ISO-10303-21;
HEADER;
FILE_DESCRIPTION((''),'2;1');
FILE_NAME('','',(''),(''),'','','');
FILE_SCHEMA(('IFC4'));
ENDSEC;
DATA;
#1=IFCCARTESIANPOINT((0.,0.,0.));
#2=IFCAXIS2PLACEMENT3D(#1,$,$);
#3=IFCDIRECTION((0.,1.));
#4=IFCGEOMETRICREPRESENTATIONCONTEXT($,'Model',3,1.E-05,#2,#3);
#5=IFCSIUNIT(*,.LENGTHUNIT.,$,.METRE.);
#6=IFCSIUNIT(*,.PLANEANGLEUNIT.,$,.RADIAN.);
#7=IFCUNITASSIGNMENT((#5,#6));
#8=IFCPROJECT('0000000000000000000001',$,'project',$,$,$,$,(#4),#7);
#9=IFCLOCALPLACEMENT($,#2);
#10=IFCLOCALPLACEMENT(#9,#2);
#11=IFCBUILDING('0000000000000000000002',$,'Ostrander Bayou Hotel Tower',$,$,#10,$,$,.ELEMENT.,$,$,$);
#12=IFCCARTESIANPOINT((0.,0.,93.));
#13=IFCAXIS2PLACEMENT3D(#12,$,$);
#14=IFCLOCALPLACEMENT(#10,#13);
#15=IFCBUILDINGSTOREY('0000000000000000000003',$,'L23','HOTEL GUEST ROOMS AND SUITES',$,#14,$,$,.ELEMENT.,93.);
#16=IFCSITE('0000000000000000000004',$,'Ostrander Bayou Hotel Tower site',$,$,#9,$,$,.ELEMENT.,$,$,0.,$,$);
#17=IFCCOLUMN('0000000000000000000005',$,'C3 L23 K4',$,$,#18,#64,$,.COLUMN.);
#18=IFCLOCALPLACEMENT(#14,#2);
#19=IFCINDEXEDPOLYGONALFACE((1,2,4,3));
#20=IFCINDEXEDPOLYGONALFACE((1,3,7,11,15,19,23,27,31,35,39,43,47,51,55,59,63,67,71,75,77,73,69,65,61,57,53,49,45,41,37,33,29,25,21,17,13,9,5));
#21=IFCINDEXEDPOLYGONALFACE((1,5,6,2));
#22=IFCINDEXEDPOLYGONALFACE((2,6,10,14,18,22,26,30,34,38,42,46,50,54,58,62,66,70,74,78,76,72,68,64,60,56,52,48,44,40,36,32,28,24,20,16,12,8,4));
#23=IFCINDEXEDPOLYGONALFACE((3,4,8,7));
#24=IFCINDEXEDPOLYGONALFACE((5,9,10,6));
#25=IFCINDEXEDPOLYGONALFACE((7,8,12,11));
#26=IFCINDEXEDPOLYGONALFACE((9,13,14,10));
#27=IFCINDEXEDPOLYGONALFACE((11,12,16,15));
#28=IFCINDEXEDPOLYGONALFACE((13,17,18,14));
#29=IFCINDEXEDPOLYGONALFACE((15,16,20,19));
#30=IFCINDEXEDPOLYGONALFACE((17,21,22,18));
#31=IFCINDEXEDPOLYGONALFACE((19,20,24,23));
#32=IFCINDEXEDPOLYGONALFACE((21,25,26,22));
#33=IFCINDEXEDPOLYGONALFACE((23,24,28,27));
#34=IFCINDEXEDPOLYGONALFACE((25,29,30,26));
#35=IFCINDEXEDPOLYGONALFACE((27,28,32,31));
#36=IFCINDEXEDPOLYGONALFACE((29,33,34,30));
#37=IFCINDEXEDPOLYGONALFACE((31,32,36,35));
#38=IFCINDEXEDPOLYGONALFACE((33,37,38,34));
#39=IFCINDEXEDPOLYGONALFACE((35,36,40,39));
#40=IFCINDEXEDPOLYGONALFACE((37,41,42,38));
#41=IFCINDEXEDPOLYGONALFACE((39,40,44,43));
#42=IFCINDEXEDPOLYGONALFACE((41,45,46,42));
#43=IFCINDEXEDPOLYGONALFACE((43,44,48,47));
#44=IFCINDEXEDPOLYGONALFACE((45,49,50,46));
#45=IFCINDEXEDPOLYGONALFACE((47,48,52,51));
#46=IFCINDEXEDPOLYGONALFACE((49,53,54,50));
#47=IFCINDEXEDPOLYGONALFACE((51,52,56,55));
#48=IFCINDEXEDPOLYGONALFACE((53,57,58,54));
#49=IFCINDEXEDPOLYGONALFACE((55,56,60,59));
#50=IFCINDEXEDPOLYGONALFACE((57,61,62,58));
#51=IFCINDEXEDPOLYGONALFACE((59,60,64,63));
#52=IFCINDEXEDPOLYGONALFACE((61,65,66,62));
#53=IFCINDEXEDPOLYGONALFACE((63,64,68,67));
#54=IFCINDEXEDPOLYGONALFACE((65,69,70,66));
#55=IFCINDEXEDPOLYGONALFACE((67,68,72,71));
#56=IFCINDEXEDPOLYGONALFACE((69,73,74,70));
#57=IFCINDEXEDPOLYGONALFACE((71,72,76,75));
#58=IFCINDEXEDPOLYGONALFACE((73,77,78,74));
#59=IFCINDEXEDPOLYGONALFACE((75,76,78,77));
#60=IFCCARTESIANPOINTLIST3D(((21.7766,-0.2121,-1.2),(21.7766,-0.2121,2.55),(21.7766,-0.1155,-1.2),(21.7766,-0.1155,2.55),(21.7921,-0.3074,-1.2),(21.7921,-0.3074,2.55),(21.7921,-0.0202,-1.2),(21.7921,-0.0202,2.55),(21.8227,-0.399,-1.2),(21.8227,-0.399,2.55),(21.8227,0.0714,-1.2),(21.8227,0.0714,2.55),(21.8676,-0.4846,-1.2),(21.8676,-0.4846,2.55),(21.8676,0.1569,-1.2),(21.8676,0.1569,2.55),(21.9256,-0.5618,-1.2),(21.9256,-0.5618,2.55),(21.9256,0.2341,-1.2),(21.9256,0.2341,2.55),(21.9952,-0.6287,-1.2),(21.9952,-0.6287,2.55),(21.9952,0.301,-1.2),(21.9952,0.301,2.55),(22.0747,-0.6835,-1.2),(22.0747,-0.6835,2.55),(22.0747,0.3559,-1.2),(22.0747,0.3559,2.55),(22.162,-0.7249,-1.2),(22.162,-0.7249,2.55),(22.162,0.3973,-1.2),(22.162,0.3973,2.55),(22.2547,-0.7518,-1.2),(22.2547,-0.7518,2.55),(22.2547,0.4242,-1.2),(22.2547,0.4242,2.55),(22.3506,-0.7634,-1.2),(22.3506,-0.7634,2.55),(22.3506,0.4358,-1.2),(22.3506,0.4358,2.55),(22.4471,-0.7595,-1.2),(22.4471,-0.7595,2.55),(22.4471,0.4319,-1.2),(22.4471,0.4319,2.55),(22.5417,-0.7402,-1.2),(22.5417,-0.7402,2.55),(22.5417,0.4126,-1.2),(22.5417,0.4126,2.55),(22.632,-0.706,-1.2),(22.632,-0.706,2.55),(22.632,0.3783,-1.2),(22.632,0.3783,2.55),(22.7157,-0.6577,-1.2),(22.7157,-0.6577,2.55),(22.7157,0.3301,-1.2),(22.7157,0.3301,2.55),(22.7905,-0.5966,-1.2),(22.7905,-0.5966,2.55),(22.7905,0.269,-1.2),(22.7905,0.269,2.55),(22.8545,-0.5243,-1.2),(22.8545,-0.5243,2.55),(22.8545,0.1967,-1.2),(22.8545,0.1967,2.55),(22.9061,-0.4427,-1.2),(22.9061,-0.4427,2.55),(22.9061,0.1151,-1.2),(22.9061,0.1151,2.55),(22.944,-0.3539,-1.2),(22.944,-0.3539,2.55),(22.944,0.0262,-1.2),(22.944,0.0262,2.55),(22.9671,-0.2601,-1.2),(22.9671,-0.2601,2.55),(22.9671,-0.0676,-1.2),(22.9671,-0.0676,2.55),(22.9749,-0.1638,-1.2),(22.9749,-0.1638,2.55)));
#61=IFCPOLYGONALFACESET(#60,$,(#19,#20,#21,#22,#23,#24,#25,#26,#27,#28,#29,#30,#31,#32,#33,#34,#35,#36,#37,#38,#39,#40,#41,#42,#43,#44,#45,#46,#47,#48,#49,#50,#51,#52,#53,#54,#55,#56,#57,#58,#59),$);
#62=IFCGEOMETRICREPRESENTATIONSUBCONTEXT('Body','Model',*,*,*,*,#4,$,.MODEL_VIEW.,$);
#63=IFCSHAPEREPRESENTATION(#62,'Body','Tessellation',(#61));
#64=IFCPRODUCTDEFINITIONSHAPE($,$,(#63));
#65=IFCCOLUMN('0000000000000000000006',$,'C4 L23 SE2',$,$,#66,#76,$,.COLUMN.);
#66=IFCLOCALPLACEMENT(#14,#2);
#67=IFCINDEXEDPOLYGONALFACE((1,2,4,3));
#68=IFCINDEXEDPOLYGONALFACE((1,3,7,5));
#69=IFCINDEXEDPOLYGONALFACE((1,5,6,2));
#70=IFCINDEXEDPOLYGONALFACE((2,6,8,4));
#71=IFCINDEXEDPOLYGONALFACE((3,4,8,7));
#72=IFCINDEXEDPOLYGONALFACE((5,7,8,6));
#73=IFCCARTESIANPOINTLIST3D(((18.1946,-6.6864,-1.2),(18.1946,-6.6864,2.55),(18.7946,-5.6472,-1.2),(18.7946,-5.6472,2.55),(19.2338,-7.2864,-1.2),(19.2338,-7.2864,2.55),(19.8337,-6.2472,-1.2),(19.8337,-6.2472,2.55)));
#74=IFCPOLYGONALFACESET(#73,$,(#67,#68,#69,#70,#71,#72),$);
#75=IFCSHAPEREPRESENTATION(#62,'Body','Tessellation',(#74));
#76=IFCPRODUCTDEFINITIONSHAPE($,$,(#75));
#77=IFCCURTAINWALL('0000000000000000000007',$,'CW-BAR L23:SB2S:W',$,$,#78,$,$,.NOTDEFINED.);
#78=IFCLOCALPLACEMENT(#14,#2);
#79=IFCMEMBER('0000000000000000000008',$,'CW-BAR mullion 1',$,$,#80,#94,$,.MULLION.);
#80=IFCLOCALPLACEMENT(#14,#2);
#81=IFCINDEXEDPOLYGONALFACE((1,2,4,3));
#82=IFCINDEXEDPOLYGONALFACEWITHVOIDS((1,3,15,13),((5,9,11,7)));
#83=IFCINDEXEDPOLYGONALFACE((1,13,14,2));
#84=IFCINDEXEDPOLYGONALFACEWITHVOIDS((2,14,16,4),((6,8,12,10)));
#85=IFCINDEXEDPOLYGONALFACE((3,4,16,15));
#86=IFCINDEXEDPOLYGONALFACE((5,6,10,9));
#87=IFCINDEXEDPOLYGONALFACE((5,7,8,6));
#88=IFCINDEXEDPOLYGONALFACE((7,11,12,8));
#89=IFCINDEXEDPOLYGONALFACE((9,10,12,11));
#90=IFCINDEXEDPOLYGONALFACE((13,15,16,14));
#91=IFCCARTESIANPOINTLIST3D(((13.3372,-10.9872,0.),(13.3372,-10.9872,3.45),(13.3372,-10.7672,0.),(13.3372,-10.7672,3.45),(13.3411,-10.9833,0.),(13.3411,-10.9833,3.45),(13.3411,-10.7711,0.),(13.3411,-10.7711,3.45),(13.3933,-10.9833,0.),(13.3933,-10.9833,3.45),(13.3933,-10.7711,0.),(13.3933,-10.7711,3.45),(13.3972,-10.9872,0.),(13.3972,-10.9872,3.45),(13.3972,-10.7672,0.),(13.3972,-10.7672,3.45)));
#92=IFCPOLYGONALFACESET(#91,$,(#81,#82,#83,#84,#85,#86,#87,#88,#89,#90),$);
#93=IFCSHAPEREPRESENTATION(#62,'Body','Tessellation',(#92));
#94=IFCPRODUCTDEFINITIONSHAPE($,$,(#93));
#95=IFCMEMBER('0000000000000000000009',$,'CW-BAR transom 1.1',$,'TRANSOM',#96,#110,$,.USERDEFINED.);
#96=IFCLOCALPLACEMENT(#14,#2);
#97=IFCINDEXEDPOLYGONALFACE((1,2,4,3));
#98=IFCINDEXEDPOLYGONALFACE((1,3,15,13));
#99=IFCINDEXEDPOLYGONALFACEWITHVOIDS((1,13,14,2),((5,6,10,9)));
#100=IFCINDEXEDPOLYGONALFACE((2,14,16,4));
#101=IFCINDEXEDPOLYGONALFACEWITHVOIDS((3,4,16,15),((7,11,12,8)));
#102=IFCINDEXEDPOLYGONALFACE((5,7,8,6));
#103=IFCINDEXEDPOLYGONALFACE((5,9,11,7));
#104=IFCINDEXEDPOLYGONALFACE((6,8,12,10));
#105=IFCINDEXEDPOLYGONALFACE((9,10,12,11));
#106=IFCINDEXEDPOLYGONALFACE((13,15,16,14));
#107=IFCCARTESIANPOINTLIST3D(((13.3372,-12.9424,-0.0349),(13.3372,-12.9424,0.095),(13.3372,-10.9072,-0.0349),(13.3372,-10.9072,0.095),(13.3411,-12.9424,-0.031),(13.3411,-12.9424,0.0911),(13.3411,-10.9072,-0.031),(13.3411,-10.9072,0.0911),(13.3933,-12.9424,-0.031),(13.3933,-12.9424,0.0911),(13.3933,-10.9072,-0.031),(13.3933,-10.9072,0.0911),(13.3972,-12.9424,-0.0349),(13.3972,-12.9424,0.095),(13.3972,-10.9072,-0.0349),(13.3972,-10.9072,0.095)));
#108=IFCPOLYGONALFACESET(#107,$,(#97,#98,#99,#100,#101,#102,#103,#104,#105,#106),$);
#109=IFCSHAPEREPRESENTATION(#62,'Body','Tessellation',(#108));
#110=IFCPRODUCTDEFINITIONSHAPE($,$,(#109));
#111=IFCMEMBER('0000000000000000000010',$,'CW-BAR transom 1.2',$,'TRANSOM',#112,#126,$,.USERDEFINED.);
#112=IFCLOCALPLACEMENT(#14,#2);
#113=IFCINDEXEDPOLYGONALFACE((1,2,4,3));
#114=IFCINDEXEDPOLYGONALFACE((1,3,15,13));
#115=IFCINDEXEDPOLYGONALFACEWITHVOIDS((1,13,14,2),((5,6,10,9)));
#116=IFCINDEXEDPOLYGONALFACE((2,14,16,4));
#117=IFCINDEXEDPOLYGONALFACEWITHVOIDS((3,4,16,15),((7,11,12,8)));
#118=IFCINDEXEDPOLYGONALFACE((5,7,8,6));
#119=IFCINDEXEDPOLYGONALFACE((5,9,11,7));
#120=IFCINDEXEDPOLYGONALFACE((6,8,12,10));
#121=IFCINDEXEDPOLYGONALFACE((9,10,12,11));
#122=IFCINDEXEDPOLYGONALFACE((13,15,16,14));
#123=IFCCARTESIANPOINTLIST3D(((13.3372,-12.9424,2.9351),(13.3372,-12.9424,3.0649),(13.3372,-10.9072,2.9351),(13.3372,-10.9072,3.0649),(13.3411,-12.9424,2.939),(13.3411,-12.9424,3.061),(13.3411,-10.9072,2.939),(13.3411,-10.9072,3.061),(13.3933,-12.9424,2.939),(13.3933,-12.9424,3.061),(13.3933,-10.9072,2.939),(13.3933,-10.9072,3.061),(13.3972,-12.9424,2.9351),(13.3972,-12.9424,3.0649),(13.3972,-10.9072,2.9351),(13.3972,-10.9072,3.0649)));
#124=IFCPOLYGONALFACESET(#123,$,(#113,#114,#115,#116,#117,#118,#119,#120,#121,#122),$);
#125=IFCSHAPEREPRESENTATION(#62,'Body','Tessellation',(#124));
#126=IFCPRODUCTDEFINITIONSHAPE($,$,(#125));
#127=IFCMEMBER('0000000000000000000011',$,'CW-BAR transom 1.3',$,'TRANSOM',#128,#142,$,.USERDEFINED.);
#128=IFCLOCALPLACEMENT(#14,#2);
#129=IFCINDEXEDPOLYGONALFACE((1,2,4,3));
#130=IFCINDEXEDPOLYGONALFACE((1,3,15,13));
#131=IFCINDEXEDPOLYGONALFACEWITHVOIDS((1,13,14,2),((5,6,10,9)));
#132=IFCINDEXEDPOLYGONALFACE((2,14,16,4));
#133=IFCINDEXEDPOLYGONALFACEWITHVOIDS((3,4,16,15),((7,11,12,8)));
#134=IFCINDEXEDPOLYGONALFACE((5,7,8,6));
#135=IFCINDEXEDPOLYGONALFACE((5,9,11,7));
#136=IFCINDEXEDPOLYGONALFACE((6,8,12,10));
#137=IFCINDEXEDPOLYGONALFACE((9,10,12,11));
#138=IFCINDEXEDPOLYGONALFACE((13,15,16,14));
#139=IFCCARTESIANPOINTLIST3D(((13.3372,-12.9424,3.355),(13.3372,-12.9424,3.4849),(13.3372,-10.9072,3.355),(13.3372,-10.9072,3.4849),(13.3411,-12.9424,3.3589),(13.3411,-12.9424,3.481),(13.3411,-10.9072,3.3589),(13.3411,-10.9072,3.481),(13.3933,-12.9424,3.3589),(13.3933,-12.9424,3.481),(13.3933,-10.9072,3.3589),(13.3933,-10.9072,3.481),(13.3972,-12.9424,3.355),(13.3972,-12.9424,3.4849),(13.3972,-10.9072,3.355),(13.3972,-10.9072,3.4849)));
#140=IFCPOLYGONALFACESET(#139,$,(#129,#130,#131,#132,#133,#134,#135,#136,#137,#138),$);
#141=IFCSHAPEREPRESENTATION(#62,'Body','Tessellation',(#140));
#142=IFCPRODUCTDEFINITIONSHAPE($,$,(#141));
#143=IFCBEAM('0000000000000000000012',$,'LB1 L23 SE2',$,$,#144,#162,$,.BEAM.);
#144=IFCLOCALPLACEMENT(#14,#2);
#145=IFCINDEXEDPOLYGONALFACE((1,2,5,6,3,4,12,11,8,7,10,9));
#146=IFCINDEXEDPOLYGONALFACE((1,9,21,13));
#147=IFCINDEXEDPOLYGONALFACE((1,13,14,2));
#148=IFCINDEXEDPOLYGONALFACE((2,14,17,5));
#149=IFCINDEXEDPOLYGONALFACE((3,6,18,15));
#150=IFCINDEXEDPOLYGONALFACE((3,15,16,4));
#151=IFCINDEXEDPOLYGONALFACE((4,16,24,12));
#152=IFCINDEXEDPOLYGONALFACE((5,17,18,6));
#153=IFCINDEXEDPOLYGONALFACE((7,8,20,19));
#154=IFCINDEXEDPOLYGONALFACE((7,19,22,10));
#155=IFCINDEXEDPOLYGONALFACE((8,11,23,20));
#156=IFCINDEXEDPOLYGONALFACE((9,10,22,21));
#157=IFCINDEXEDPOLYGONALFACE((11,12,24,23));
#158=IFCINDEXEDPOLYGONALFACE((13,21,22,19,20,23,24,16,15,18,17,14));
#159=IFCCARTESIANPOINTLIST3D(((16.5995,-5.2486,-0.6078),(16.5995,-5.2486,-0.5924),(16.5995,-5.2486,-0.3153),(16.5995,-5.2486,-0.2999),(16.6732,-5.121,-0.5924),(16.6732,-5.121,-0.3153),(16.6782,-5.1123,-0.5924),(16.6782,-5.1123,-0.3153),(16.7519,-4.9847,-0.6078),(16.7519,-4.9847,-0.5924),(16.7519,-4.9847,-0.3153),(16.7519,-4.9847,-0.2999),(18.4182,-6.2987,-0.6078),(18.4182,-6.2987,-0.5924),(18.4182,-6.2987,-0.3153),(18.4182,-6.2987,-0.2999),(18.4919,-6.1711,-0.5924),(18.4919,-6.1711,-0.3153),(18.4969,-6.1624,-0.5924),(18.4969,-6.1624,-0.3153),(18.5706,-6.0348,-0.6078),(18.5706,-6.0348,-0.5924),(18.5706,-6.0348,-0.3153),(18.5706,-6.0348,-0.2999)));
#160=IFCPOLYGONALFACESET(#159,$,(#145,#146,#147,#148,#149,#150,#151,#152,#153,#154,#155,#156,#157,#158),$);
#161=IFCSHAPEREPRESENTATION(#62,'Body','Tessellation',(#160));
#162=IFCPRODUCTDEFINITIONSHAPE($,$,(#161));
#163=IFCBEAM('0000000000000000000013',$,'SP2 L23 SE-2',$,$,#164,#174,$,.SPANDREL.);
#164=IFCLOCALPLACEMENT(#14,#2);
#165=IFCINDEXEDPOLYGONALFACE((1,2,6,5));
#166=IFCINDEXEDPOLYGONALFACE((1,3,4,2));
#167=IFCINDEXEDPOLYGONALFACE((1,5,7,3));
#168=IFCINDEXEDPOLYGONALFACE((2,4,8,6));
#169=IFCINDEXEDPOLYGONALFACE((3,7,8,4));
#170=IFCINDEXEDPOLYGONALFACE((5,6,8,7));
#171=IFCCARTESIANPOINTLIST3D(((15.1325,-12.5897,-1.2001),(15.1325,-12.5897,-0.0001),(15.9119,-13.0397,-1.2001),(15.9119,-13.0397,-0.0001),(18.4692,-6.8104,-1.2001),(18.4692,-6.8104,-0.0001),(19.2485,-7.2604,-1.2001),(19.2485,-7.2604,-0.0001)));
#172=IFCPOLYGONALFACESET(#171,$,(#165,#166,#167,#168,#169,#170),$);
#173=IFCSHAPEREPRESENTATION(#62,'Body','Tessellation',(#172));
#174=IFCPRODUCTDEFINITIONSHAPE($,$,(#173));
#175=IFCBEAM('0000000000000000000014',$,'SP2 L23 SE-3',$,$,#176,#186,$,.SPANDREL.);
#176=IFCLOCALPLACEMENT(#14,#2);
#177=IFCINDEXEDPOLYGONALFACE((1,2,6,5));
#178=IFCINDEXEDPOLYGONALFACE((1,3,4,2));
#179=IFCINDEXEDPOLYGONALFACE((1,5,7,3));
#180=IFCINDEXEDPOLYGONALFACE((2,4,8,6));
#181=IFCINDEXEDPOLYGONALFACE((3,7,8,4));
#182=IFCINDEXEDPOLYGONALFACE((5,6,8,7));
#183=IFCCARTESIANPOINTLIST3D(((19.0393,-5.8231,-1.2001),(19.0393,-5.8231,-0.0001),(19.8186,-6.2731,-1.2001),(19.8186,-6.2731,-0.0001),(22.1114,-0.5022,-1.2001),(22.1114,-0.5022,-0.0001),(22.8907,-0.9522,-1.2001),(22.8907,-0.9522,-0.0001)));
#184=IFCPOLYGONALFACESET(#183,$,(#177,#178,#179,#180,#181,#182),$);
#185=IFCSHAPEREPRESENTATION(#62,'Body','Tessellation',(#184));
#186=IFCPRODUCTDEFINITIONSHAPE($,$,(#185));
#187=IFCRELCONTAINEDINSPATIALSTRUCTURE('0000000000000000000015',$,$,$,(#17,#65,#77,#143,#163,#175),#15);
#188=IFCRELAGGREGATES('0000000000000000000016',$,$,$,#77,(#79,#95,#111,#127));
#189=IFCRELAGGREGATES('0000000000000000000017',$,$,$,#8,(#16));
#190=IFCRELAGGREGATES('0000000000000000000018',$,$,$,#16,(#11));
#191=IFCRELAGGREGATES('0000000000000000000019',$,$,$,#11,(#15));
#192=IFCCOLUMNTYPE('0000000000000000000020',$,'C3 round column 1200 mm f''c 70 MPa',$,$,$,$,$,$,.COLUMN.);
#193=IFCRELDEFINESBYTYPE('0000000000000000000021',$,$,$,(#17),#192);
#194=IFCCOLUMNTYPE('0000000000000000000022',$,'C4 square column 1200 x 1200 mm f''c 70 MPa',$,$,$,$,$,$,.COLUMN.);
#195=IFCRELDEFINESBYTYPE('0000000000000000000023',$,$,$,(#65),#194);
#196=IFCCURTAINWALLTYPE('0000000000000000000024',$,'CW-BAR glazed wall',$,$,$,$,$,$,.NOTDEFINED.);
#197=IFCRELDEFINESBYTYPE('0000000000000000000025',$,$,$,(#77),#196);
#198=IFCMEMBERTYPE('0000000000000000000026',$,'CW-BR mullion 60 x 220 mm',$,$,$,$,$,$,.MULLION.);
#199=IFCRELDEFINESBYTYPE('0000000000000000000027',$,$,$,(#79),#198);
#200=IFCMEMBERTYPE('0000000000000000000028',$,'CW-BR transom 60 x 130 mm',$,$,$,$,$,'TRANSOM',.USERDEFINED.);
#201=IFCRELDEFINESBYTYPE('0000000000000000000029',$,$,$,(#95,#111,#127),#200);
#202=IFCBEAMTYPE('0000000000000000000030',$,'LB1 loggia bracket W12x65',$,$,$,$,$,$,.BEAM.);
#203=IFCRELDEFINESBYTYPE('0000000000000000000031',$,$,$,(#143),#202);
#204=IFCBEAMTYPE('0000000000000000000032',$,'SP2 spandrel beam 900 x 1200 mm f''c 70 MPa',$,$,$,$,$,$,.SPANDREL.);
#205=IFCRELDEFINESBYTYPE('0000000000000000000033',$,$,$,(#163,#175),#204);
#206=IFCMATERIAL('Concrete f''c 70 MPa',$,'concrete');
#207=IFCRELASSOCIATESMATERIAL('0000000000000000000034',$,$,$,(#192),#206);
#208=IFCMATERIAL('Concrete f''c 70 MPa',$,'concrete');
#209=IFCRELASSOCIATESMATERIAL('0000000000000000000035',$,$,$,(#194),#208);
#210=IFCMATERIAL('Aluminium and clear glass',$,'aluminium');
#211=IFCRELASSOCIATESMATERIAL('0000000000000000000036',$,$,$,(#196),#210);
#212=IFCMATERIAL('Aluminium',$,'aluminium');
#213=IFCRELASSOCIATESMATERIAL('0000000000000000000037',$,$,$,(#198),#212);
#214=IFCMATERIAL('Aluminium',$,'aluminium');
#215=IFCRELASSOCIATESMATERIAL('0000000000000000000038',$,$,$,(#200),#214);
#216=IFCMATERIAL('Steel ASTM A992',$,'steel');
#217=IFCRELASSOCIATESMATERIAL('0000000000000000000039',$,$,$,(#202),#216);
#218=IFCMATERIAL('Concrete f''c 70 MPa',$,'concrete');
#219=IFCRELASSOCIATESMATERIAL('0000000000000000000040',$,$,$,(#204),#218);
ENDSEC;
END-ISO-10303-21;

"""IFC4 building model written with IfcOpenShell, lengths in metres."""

from ifc_helpers import new_model, si_unit, direction, frame, origin, origin_2d, place, context, subcontext, project, spatial, rectangle, hollow_rectangle, circle, i_section, extrude, material, material_profile, profile_set, type_object, element, aggregate, save


model = new_model("IFC4")

# Units and contexts
model_context = context("Model", 3, precision=1e-05, world=origin(), true_north=direction((0.0, 1.0)))
body_context = subcontext(model_context, "Body", "Model", "MODEL_VIEW")
ifc_project = project(units=[si_unit("LENGTHUNIT", "METRE"), si_unit("PLANEANGLEUNIT", "RADIAN")], contexts=[model_context])

# Site, building, storey
site_placement = place(None, origin())
site = spatial("IfcSite", under=ifc_project, at=site_placement, Name="Ostrander Bayou Hotel Tower site", CompositionType="ELEMENT", RefElevation=0.0)
building_placement = place(site_placement, origin())
building = spatial("IfcBuilding", under=site, at=building_placement, Name="Ostrander Bayou Hotel Tower", CompositionType="ELEMENT")
storey_placement = place(building_placement, frame((0.0, 0.0, 93.0)))
storey = spatial("IfcBuildingStorey", under=building, at=storey_placement, Name="L23", Description="HOTEL GUEST ROOMS AND SUITES", CompositionType="ELEMENT", Elevation=93.0)

# Columns
ifc_material_1 = material(Name="Concrete f'c 70 MPa", Category="concrete")
ifc_material_profile_1 = material_profile(ifc_material_1, circle(Radius=0.6001, at=origin_2d()))
ifc_profile_set_1 = profile_set([ifc_material_profile_1], Name="Concrete f'c 70 MPa")
column_type_1 = type_object("IfcColumnType", Name="C3 round column 1200 mm f'c 70 MPa", PredefinedType="COLUMN", material=ifc_profile_set_1)
column_1_placement = place(storey_placement, frame((22.3748, -0.1638, -1.2), z_axis=(0.0, 0.0, 1.0), x_axis=(1.0, 0.0, 0.0)))
element("IfcColumn", 1, at=column_1_placement, inside=storey, type_object=column_type_1, Name="C3 L23 K4", PredefinedType="COLUMN", context=body_context, shape_type="SweptSolid", body=[
    extrude(circle(Radius=0.6001, at=origin_2d()), origin(), (0.0, 0.0, 1.0), 3.75),
])
ifc_material_2 = material(Name="Concrete f'c 70 MPa", Category="concrete")
ifc_material_profile_2 = material_profile(ifc_material_2, rectangle(XDim=1.2, YDim=1.2, at=origin_2d()))
ifc_profile_set_2 = profile_set([ifc_material_profile_2], Name="Concrete f'c 70 MPa")
column_type_2 = type_object("IfcColumnType", Name="C4 square column 1200 x 1200 mm f'c 70 MPa", PredefinedType="COLUMN", material=ifc_profile_set_2)
column_2_placement = place(storey_placement, frame((19.0142, -6.4668, -1.2), z_axis=(0.0, 0.0, 1.0), x_axis=(-0.5, -0.866025, 0.0)))
element("IfcColumn", 2, at=column_2_placement, inside=storey, type_object=column_type_2, Name="C4 L23 SE2", PredefinedType="COLUMN", context=body_context, shape_type="SweptSolid", body=[
    extrude(rectangle(XDim=1.2, YDim=1.2, at=origin_2d()), origin(), (0.0, 0.0, 1.0), 3.75),
])

# Curtain wall, members
ifc_material_3 = material(Name="Aluminium and clear glass", Category="aluminium")
curtain_wall_type = type_object("IfcCurtainWallType", Name="CW-BAR glazed wall", PredefinedType="NOTDEFINED", material=ifc_material_3)
curtain_wall_placement = place(storey_placement, origin())
curtain_wall = element("IfcCurtainWall", 3, at=curtain_wall_placement, inside=storey, type_object=curtain_wall_type, Name="CW-BAR L23:SB2S:W", PredefinedType="NOTDEFINED")
ifc_material_4 = material(Name="Aluminium", Category="aluminium")
ifc_material_profile_3 = material_profile(ifc_material_4, hollow_rectangle(XDim=0.0601, YDim=0.22, WallThickness=0.0039, at=origin_2d()))
ifc_profile_set_3 = profile_set([ifc_material_profile_3], Name="Aluminium")
member_type_1 = type_object("IfcMemberType", Name="CW-BR mullion 60 x 220 mm", PredefinedType="MULLION", material=ifc_profile_set_3)
member_1_placement = place(storey_placement, frame((13.3672, -10.8772, 0.0), z_axis=(0.0, 0.0, 1.0), x_axis=(1.0, 0.0, 0.0)))
member_1 = element("IfcMember", 4, at=member_1_placement, type_object=member_type_1, Name="CW-BAR mullion 1", PredefinedType="MULLION", context=body_context, shape_type="SweptSolid", body=[
    extrude(hollow_rectangle(XDim=0.0601, YDim=0.22, WallThickness=0.0039, at=origin_2d()), origin(), (0.0, 0.0, 1.0), 3.45),
])
ifc_material_5 = material(Name="Aluminium", Category="aluminium")
ifc_material_profile_4 = material_profile(ifc_material_5, hollow_rectangle(XDim=0.0601, YDim=0.1299, WallThickness=0.0039, at=origin_2d()))
ifc_profile_set_4 = profile_set([ifc_material_profile_4], Name="Aluminium")
member_type_2 = type_object("IfcMemberType", Name="CW-BR transom 60 x 130 mm", ElementType="TRANSOM", PredefinedType="USERDEFINED", material=ifc_profile_set_4)
member_2_placement = place(storey_placement, frame((13.3672, -10.9072, 0.03), z_axis=(0.0, -1.0, 0.0), x_axis=(1.0, 0.0, 0.0)))
member_2 = element("IfcMember", 5, at=member_2_placement, type_object=member_type_2, Name="CW-BAR transom 1.1", ObjectType="TRANSOM", PredefinedType="USERDEFINED", context=body_context, shape_type="SweptSolid", body=[
    extrude(hollow_rectangle(XDim=0.0601, YDim=0.1299, WallThickness=0.0039, at=origin_2d()), origin(), (0.0, 0.0, 1.0), 2.0352),
])
member_3_placement = place(storey_placement, frame((13.3672, -10.9072, 3.0), z_axis=(0.0, -1.0, 0.0), x_axis=(1.0, 0.0, 0.0)))
member_3 = element("IfcMember", 6, at=member_3_placement, type_object=member_type_2, Name="CW-BAR transom 1.2", ObjectType="TRANSOM", PredefinedType="USERDEFINED", context=body_context, shape_type="SweptSolid", body=[
    extrude(hollow_rectangle(XDim=0.0601, YDim=0.1299, WallThickness=0.0039, at=origin_2d()), origin(), (0.0, 0.0, 1.0), 2.0352),
])
member_4_placement = place(storey_placement, frame((13.3672, -10.9072, 3.4199), z_axis=(0.0, -1.0, 0.0), x_axis=(1.0, 0.0, 0.0)))
member_4 = element("IfcMember", 7, at=member_4_placement, type_object=member_type_2, Name="CW-BAR transom 1.3", ObjectType="TRANSOM", PredefinedType="USERDEFINED", context=body_context, shape_type="SweptSolid", body=[
    extrude(hollow_rectangle(XDim=0.0601, YDim=0.1299, WallThickness=0.0039, at=origin_2d()), origin(), (0.0, 0.0, 1.0), 2.0352),
])

# Beams
ifc_material_6 = material(Name="Steel ASTM A992", Category="steel")
ifc_material_profile_5 = material_profile(ifc_material_6, i_section(OverallWidth=0.3047, OverallDepth=0.3079, WebThickness=0.01, FlangeThickness=0.0154, at=origin_2d()))
ifc_profile_set_5 = profile_set([ifc_material_profile_5], Name="Steel ASTM A992")
beam_type_1 = type_object("IfcBeamType", Name="LB1 loggia bracket W12x65", PredefinedType="BEAM", material=ifc_profile_set_5)
beam_1_placement = place(storey_placement, frame((18.4944, -6.1667, -0.4539), z_axis=(-0.866009, 0.500028, 0.0), x_axis=(-0.500028, -0.866009, 0.0)))
element("IfcBeam", 8, at=beam_1_placement, inside=storey, type_object=beam_type_1, Name="LB1 L23 SE2", PredefinedType="BEAM", context=body_context, shape_type="SweptSolid", body=[
    extrude(i_section(OverallWidth=0.3047, OverallDepth=0.3079, WebThickness=0.01, FlangeThickness=0.0154, at=origin_2d()), origin(), (0.0, 0.0, 1.0), 2.1001),
])
ifc_material_7 = material(Name="Concrete f'c 70 MPa", Category="concrete")
ifc_material_profile_6 = material_profile(ifc_material_7, rectangle(XDim=0.8999, YDim=1.2, at=origin_2d()))
ifc_profile_set_6 = profile_set([ifc_material_profile_6], Name="Concrete f'c 70 MPa")
beam_type_2 = type_object("IfcBeamType", Name="SP2 spandrel beam 900 x 1200 mm f'c 70 MPa", PredefinedType="SPANDREL", material=ifc_profile_set_6)
beam_2_placement = place(storey_placement, frame((15.5222, -12.8147, -0.6001), z_axis=(0.499999, 0.866026, 0.0), x_axis=(-0.866026, 0.499999, 0.0)))
element("IfcBeam", 9, at=beam_2_placement, inside=storey, type_object=beam_type_2, Name="SP2 L23 SE-2", PredefinedType="SPANDREL", context=body_context, shape_type="SweptSolid", body=[
    extrude(rectangle(XDim=0.8999, YDim=1.2, at=origin_2d()), origin(), (0.0, 0.0, 1.0), 6.6733),
])
beam_3_placement = place(storey_placement, frame((19.429, -6.0481, -0.6001), z_axis=(0.500007, 0.866021, 0.0), x_axis=(-0.866021, 0.500007, 0.0)))
element("IfcBeam", 10, at=beam_3_placement, inside=storey, type_object=beam_type_2, Name="SP2 L23 SE-3", PredefinedType="SPANDREL", context=body_context, shape_type="SweptSolid", body=[
    extrude(rectangle(XDim=0.8999, YDim=1.2, at=origin_2d()), origin(), (0.0, 0.0, 1.0), 6.144),
])

aggregate(curtain_wall, [member_1, member_2, member_3, member_4])

save(model, "model.ifc")
